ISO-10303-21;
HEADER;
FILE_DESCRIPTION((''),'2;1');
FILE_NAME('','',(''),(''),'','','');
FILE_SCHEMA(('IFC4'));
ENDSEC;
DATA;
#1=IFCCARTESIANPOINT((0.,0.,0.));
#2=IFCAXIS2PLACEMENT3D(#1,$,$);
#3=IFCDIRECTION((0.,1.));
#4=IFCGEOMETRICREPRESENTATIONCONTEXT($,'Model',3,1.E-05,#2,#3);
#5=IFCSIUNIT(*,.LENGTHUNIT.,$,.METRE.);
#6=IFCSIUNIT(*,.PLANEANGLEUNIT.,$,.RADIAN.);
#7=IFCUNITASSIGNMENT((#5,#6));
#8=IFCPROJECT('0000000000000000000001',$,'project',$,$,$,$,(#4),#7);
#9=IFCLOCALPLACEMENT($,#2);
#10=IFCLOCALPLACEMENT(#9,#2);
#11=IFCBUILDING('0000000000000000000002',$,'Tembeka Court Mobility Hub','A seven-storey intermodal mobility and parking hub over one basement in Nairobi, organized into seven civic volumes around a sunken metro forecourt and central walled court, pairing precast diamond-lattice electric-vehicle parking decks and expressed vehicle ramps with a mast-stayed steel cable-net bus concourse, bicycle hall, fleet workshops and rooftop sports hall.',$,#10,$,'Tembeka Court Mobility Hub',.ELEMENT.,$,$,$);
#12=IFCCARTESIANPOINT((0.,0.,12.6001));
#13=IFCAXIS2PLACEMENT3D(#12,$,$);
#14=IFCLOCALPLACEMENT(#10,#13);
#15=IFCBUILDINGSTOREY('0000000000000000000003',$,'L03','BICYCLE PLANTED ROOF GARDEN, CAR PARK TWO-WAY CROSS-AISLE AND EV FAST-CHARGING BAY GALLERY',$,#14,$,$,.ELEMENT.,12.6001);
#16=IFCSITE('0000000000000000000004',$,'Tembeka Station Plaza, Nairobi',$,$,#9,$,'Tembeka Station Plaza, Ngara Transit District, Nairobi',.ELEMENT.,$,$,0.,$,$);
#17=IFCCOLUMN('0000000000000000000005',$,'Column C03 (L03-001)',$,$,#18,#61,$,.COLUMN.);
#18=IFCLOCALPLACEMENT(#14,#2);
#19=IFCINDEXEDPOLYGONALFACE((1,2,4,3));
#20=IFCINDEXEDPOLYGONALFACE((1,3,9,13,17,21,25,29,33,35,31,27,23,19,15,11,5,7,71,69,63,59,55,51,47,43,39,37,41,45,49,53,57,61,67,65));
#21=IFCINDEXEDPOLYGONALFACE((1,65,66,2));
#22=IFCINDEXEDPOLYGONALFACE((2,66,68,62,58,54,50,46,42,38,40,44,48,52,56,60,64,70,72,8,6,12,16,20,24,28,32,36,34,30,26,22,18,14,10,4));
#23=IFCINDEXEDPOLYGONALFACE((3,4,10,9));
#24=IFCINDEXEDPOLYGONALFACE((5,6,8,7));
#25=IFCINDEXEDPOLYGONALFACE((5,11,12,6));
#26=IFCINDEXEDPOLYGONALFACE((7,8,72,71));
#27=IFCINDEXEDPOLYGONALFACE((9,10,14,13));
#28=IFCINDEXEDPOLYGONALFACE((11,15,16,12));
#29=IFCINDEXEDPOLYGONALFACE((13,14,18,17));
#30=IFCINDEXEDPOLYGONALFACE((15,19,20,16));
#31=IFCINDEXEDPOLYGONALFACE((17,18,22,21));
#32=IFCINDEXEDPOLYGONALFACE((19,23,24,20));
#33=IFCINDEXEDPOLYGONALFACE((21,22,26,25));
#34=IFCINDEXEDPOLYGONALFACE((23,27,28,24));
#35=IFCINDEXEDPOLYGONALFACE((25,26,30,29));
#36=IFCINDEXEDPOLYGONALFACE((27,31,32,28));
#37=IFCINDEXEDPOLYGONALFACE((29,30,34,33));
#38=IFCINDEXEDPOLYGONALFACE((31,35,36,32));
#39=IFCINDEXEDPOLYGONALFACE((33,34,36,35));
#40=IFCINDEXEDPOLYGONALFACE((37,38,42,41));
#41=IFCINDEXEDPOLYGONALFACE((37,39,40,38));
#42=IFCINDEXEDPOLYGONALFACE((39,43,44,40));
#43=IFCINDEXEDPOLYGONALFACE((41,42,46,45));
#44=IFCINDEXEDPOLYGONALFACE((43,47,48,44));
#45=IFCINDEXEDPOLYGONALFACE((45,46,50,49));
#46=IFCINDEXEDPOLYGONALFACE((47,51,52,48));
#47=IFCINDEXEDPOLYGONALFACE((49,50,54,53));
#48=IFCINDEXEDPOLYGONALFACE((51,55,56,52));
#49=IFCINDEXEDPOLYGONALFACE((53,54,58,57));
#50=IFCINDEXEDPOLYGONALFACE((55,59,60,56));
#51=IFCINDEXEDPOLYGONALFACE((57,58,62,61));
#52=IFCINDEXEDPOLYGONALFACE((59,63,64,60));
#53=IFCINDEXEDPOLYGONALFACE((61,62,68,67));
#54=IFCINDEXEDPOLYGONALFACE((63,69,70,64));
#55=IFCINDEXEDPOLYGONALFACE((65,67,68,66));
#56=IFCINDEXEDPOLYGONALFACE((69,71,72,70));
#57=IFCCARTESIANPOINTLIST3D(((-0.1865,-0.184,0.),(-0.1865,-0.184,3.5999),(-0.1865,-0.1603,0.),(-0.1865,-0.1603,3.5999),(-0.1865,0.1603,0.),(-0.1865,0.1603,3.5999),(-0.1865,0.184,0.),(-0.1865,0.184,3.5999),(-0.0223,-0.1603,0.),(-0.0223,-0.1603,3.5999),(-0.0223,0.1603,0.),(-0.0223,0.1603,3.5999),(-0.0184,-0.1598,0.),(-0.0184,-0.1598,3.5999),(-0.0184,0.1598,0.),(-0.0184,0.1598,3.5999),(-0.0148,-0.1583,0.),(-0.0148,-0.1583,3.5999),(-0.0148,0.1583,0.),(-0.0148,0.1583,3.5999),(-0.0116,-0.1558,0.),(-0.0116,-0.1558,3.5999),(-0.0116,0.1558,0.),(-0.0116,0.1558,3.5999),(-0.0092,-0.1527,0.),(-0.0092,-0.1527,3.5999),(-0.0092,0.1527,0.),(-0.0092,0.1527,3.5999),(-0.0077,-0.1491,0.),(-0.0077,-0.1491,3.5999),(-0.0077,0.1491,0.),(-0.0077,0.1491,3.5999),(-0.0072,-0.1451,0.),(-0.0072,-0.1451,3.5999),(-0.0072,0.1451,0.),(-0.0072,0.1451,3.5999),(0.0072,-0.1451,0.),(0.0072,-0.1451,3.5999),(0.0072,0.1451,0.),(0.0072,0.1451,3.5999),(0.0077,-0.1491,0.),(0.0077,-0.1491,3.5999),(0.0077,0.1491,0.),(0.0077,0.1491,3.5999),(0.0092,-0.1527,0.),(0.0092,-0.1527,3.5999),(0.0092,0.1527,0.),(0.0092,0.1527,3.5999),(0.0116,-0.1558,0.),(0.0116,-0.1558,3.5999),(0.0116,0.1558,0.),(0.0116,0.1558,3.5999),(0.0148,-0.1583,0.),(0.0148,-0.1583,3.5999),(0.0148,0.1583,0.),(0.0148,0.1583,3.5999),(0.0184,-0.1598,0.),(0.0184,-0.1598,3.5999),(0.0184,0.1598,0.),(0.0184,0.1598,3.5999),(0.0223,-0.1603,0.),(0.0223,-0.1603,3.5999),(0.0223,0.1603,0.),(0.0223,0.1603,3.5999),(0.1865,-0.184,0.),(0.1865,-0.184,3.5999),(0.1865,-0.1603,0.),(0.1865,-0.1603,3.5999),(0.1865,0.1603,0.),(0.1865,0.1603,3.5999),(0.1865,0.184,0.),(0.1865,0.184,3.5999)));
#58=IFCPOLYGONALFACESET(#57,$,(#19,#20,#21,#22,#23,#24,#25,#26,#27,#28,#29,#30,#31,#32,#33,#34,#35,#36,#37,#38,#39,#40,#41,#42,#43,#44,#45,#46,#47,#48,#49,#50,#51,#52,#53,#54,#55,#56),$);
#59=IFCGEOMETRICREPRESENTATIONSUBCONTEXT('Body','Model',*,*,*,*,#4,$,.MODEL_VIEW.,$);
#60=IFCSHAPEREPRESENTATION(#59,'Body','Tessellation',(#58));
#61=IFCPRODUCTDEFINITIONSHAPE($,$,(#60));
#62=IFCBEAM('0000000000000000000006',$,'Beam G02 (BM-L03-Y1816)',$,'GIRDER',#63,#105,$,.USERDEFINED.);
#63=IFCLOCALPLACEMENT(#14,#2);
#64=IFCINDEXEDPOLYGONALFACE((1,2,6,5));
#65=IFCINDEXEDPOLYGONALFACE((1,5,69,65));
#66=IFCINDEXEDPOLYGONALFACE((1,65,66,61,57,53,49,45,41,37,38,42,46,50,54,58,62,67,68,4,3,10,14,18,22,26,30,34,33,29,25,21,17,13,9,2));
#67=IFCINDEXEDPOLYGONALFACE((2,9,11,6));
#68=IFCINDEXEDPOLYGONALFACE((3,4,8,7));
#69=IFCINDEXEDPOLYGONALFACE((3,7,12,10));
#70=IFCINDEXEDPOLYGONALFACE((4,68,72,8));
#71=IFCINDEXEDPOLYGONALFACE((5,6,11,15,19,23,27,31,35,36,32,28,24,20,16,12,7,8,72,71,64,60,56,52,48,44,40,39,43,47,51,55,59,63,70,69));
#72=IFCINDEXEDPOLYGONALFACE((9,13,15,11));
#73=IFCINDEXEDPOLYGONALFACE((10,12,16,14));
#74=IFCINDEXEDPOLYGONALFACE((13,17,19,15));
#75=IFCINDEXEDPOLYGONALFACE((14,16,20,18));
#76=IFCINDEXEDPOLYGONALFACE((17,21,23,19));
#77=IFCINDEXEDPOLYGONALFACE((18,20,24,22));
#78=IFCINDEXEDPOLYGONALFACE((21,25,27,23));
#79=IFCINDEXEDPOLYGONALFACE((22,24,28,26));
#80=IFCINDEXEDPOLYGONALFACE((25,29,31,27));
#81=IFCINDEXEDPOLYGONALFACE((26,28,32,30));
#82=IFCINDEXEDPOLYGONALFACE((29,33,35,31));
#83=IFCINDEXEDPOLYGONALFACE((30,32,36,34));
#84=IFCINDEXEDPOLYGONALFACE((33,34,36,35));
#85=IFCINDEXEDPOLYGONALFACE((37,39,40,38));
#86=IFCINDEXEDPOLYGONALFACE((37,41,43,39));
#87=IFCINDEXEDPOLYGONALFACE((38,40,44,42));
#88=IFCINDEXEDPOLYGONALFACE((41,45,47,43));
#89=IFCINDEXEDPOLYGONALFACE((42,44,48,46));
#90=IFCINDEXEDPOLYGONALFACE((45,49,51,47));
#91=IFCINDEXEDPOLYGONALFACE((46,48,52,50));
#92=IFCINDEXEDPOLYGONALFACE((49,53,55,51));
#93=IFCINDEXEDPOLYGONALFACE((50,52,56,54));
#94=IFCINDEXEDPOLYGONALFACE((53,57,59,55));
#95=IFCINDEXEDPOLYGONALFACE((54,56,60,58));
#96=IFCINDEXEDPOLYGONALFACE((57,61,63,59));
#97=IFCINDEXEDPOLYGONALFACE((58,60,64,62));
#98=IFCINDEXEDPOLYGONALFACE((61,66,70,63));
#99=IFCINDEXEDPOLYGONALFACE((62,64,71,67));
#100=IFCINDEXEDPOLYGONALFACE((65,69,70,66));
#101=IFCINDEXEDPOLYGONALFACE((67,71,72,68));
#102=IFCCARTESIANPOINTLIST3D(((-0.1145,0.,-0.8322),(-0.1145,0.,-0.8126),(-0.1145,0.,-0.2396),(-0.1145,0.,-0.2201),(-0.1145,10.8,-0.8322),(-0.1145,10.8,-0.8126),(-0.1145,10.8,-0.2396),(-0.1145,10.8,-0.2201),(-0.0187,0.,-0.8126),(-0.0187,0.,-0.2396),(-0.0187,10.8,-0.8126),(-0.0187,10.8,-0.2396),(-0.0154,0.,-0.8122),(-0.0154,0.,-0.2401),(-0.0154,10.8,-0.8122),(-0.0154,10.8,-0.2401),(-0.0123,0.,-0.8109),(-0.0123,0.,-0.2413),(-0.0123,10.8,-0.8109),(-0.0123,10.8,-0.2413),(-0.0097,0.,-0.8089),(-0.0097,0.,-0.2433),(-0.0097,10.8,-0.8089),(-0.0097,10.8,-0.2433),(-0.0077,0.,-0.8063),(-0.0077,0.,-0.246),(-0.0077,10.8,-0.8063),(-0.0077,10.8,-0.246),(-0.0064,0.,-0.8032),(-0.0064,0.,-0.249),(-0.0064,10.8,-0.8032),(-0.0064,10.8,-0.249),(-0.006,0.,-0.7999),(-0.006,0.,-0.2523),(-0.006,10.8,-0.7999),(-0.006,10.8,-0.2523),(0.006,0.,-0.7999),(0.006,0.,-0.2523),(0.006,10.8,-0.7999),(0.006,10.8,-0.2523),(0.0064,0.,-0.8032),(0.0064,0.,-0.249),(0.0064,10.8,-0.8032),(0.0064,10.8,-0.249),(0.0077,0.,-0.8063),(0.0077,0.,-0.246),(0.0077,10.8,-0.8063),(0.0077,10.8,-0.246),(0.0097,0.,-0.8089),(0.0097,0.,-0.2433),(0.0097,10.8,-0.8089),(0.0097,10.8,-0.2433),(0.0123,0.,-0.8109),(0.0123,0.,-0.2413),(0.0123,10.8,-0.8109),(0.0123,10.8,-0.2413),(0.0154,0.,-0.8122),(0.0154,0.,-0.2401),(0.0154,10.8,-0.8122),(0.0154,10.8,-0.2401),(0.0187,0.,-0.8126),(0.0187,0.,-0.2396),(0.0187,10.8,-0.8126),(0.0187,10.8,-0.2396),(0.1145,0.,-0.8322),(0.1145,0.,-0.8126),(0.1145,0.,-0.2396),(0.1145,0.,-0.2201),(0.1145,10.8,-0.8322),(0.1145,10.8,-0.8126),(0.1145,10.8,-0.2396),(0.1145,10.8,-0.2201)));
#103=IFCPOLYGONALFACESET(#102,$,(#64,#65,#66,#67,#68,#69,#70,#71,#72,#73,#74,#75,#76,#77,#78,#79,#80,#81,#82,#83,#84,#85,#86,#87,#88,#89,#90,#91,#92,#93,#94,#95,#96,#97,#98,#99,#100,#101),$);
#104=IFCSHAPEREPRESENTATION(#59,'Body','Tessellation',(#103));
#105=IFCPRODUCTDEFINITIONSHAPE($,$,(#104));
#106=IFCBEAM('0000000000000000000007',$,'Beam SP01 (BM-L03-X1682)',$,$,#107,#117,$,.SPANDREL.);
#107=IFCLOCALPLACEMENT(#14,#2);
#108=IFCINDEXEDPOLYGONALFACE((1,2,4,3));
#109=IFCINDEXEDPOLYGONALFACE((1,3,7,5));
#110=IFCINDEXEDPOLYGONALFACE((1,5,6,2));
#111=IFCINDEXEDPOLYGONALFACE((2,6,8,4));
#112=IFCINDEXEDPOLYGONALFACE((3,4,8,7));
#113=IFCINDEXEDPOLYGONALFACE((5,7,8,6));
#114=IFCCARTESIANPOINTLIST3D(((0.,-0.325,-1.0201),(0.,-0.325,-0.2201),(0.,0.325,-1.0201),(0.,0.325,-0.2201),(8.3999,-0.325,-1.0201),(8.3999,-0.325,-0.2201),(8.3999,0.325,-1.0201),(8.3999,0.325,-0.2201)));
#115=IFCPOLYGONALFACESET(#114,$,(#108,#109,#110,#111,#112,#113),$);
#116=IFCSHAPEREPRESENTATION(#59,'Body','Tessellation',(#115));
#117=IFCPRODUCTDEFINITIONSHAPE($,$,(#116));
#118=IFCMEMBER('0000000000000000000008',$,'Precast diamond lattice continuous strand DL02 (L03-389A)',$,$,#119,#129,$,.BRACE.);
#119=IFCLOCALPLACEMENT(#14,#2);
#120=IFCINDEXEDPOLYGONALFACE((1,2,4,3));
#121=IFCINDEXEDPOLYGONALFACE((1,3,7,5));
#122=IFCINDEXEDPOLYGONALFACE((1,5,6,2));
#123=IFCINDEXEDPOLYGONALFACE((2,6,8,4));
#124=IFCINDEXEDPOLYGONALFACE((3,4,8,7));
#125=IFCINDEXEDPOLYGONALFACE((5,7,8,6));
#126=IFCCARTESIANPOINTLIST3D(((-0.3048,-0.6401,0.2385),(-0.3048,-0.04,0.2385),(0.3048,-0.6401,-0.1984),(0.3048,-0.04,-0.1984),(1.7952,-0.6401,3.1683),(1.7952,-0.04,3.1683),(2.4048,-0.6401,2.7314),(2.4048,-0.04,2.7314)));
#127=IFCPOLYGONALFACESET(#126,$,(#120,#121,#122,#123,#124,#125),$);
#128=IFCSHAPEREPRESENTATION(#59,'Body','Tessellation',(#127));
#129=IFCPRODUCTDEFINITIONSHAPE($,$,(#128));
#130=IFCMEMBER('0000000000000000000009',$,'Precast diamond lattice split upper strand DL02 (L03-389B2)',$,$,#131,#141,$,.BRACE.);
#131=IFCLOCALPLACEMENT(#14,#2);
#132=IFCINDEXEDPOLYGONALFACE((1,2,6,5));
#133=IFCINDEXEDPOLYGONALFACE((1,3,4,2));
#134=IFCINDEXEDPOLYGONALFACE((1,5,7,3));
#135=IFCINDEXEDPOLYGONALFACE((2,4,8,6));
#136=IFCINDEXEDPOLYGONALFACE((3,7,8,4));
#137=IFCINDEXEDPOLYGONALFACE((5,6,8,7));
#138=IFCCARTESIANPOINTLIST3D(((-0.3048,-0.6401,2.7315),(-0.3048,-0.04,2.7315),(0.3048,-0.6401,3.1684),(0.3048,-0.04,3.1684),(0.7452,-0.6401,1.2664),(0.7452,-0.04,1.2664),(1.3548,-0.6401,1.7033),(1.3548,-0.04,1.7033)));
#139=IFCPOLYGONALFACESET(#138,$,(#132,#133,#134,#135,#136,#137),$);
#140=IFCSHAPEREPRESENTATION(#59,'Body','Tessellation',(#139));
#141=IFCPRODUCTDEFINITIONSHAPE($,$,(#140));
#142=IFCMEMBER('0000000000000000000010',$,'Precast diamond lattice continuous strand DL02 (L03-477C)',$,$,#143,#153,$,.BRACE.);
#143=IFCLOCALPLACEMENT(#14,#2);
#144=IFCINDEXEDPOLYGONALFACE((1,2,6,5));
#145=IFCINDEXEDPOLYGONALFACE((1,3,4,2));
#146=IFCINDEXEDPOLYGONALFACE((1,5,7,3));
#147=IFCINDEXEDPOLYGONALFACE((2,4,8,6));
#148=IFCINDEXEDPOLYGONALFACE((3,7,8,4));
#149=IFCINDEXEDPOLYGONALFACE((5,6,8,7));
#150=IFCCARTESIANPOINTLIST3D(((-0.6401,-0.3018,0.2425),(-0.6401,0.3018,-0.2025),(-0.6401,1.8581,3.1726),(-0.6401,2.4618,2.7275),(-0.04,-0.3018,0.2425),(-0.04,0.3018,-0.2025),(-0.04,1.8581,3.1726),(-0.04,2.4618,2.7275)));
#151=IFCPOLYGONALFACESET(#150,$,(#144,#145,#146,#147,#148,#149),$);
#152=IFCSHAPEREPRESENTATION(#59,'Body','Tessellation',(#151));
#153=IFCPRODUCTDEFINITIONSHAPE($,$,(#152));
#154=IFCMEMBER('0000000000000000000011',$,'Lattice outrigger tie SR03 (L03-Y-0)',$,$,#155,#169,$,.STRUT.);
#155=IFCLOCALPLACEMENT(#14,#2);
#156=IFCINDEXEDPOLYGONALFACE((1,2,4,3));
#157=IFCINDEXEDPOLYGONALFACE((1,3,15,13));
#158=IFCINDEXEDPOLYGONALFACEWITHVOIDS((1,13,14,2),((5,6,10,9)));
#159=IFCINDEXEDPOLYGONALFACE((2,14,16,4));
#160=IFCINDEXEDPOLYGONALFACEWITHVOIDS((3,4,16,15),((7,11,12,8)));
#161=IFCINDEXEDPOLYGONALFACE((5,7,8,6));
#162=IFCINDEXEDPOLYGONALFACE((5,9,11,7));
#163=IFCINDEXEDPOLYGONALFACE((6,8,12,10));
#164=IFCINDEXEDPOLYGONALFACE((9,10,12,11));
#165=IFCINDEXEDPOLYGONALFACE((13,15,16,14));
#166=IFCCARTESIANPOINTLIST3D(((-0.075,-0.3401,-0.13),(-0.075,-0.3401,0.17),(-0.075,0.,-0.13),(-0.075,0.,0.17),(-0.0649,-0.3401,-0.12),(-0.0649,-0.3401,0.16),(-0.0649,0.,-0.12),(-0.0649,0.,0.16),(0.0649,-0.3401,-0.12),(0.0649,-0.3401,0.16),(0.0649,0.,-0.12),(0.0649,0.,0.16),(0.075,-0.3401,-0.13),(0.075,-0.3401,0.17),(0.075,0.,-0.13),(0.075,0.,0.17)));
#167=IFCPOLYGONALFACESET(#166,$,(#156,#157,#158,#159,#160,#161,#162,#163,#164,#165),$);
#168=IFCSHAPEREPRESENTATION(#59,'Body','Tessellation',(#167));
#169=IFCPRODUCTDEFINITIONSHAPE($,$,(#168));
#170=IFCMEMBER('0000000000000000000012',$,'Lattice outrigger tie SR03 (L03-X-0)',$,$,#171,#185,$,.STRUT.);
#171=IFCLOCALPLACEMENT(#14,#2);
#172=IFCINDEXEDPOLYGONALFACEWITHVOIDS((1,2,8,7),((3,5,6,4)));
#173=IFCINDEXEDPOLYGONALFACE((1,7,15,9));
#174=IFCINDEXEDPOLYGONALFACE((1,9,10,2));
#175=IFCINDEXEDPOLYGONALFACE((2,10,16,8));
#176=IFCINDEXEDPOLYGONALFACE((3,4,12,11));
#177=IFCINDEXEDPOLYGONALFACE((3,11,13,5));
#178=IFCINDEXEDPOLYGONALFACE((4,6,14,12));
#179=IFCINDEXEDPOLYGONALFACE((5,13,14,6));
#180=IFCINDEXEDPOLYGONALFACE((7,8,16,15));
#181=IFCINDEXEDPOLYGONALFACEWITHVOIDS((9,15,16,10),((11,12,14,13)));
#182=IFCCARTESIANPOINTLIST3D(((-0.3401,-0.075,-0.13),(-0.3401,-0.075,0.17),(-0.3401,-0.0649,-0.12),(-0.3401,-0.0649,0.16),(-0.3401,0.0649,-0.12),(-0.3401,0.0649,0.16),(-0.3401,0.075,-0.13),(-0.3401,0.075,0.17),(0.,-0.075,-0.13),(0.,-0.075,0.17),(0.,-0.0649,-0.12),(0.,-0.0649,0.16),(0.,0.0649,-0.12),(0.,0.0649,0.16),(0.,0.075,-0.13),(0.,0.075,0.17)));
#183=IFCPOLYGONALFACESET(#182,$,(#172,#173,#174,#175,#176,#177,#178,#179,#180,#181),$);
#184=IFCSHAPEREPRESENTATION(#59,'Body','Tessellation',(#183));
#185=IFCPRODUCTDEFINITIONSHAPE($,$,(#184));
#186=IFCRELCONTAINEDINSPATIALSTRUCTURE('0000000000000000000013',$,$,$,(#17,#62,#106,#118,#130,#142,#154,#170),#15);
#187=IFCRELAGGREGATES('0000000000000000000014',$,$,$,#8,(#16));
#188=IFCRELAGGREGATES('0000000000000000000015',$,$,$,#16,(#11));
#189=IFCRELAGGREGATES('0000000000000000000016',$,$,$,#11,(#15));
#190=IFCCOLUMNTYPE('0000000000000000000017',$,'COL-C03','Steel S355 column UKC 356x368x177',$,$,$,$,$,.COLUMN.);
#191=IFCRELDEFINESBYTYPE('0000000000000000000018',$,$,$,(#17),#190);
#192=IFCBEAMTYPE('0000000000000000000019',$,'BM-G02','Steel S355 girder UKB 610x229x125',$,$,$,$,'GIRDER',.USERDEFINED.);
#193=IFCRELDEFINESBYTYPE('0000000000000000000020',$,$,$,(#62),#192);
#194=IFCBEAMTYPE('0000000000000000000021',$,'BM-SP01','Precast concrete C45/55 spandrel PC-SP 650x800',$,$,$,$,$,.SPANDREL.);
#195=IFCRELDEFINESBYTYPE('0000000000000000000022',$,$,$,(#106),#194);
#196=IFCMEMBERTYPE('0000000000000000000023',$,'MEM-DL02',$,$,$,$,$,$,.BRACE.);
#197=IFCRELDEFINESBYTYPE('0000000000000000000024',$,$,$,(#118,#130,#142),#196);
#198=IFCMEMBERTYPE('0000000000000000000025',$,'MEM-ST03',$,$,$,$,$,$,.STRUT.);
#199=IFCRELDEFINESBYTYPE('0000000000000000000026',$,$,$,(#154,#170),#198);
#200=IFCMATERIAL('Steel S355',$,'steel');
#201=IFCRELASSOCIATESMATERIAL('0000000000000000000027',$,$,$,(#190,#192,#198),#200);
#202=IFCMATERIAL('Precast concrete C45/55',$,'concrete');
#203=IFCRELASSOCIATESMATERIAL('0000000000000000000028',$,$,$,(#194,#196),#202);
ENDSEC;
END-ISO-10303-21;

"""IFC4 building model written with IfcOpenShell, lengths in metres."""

from ifc_helpers import new_model, si_unit, direction, frame, origin, origin_with_axes, origin_2d, place, context, subcontext, project, spatial, rectangle, hollow_rectangle, i_section, extrude, material, material_profile, profile_set, type_object, element, save


model = new_model("IFC4")

# Units and contexts
model_context = context("Model", 3, precision=1e-05, world=origin(), true_north=direction((0.0, 1.0)))
body_context = subcontext(model_context, "Body", "Model", "MODEL_VIEW")
ifc_project = project(units=[si_unit("LENGTHUNIT", "METRE"), si_unit("PLANEANGLEUNIT", "RADIAN")], contexts=[model_context])

# Site, building, storey
site_placement = place(None, origin())
site = spatial("IfcSite", under=ifc_project, at=site_placement, Name="Tembeka Station Plaza, Nairobi", LongName="Tembeka Station Plaza, Ngara Transit District, Nairobi", CompositionType="ELEMENT", RefElevation=0.0)
building_placement = place(site_placement, origin())
building = spatial("IfcBuilding", under=site, at=building_placement, Name="Tembeka Court Mobility Hub", Description="A seven-storey intermodal mobility and parking hub over one basement in Nairobi, organized into seven civic volumes around a sunken metro forecourt and central walled court, pairing precast diamond-lattice electric-vehicle parking decks and expressed vehicle ramps with a mast-stayed steel cable-net bus concourse, bicycle hall, fleet workshops and rooftop sports hall.", LongName="Tembeka Court Mobility Hub", CompositionType="ELEMENT")
storey_placement = place(building_placement, frame((0.0, 0.0, 12.6001)))
storey = spatial("IfcBuildingStorey", under=building, at=storey_placement, Name="L03", Description="BICYCLE PLANTED ROOF GARDEN, CAR PARK TWO-WAY CROSS-AISLE AND EV FAST-CHARGING BAY GALLERY", CompositionType="ELEMENT", Elevation=12.6001)

# Column
ifc_material_1 = material(Name="Steel S355", Category="steel")
ifc_material_profile_1 = material_profile(ifc_material_1, i_section(OverallWidth=0.373, OverallDepth=0.3679, WebThickness=0.0144, FlangeThickness=0.0237, FilletRadius=0.0151, at=origin_2d()), Name="UKC 356x368x177")
ifc_profile_set_1 = profile_set([ifc_material_profile_1], Name="Steel S355")
column_type = type_object("IfcColumnType", Name="COL-C03", Description="Steel S355 column UKC 356x368x177", PredefinedType="COLUMN", material=ifc_profile_set_1)
column_placement = place(storey_placement, origin_with_axes())
element("IfcColumn", 1, at=column_placement, inside=storey, type_object=column_type, Name="Column C03 (L03-001)", PredefinedType="COLUMN", context=body_context, shape_type="SweptSolid", body=[
    extrude(i_section(OverallWidth=0.373, OverallDepth=0.3679, WebThickness=0.0144, FlangeThickness=0.0237, FilletRadius=0.0151, at=origin_2d()), origin(), (0.0, 0.0, 1.0), 3.5999),
])

# Beams
ifc_material_profile_2 = material_profile(ifc_material_1, i_section(OverallWidth=0.229, OverallDepth=0.6121, WebThickness=0.012, FlangeThickness=0.0195, FilletRadius=0.0127, at=origin_2d()), Name="UKB 610x229x125")
ifc_profile_set_2 = profile_set([ifc_material_profile_2], Name="Steel S355")
beam_type_1 = type_object("IfcBeamType", Name="BM-G02", Description="Steel S355 girder UKB 610x229x125", ElementType="GIRDER", PredefinedType="USERDEFINED", material=ifc_profile_set_2)
beam_1_placement = place(storey_placement, frame((0.0, 0.0, -0.5261), z_axis=(0.0, 1.0, 0.0), x_axis=(-1.0, 0.0, 0.0)))
element("IfcBeam", 2, at=beam_1_placement, inside=storey, type_object=beam_type_1, Name="Beam G02 (BM-L03-Y1816)", ObjectType="GIRDER", PredefinedType="USERDEFINED", context=body_context, shape_type="SweptSolid", body=[
    extrude(i_section(OverallWidth=0.229, OverallDepth=0.6121, WebThickness=0.012, FlangeThickness=0.0195, FilletRadius=0.0127, at=origin_2d()), origin(), (0.0, 0.0, 1.0), 10.8),
])
ifc_material_2 = material(Name="Precast concrete C45/55", Category="concrete")
ifc_material_profile_3 = material_profile(ifc_material_2, rectangle(XDim=0.6499, YDim=0.8, at=origin_2d()), Name="PC-SP 650x800")
ifc_profile_set_3 = profile_set([ifc_material_profile_3], Name="Precast concrete C45/55")
beam_type_2 = type_object("IfcBeamType", Name="BM-SP01", Description="Precast concrete C45/55 spandrel PC-SP 650x800", PredefinedType="SPANDREL", material=ifc_profile_set_3)
beam_2_placement = place(storey_placement, frame((0.0, 0.0, -0.6201), z_axis=(1.0, 0.0, 0.0), x_axis=(0.0, 1.0, 0.0)))
element("IfcBeam", 3, at=beam_2_placement, inside=storey, type_object=beam_type_2, Name="Beam SP01 (BM-L03-X1682)", PredefinedType="SPANDREL", context=body_context, shape_type="SweptSolid", body=[
    extrude(rectangle(XDim=0.6499, YDim=0.8, at=origin_2d()), origin(), (0.0, 0.0, 1.0), 8.3999),
])

# Members
ifc_material_profile_4 = material_profile(ifc_material_2, rectangle(XDim=0.6001, YDim=0.75, at=origin_2d()), Name="PC-DIAG 600x750")
ifc_profile_set_4 = profile_set([ifc_material_profile_4], Name="Precast concrete C45/55")
member_type_1 = type_object("IfcMemberType", Name="MEM-DL02", PredefinedType="BRACE", material=ifc_profile_set_4)
member_1_placement = place(storey_placement, frame((0.0, -0.3401, 0.02), z_axis=(0.582576, 0.0, 0.812776), x_axis=(0.0, 1.0, 0.0)))
element("IfcMember", 4, at=member_1_placement, inside=storey, type_object=member_type_1, Name="Precast diamond lattice continuous strand DL02 (L03-389A)", PredefinedType="BRACE", context=body_context, shape_type="SweptSolid", body=[
    extrude(rectangle(XDim=0.6001, YDim=0.75, at=origin_2d()), origin(), (0.0, 0.0, 1.0), 3.6047),
])
member_2_placement = place(storey_placement, frame((1.05, -0.3401, 1.4849), z_axis=(-0.582544, 0.0, 0.812799), x_axis=(0.0, -1.0, 0.0)))
element("IfcMember", 5, at=member_2_placement, inside=storey, type_object=member_type_1, Name="Precast diamond lattice split upper strand DL02 (L03-389B2)", PredefinedType="BRACE", context=body_context, shape_type="SweptSolid", body=[
    extrude(rectangle(XDim=0.6001, YDim=0.75, at=origin_2d()), origin(), (0.0, 0.0, 1.0), 1.8025),
])
member_3_placement = place(storey_placement, frame((-0.3401, 0.0, 0.02), z_axis=(0.0, 0.59338, 0.804923), x_axis=(-1.0, 0.0, 0.0)))
element("IfcMember", 6, at=member_3_placement, inside=storey, type_object=member_type_1, Name="Precast diamond lattice continuous strand DL02 (L03-477C)", PredefinedType="BRACE", context=body_context, shape_type="SweptSolid", body=[
    extrude(rectangle(XDim=0.6001, YDim=0.75, at=origin_2d()), origin(), (0.0, 0.0, 1.0), 3.6401),
])
ifc_material_profile_5 = material_profile(ifc_material_1, hollow_rectangle(XDim=0.1499, YDim=0.3, WallThickness=0.01, at=origin_2d()), Name="RHS 300x150x10")
ifc_profile_set_5 = profile_set([ifc_material_profile_5], Name="Steel S355")
member_type_2 = type_object("IfcMemberType", Name="MEM-ST03", PredefinedType="STRUT", material=ifc_profile_set_5)
for number, where, z_axis, x_axis, name in (
    (7, (0.0, 0.0, 0.02), (0.0, -1.0, 0.0), (1.0, 0.0, 0.0), "Lattice outrigger tie SR03 (L03-Y-0)"),
    (8, (0.0, 0.0, 0.02), (-1.0, 0.0, 0.0), (0.0, -1.0, 0.0), "Lattice outrigger tie SR03 (L03-X-0)"),
):
    element("IfcMember", number, at=place(storey_placement, frame(where, z_axis=z_axis, x_axis=x_axis)), inside=storey, type_object=member_type_2, Name=name, PredefinedType="STRUT", context=body_context, shape_type="SweptSolid", body=[
        extrude(hollow_rectangle(XDim=0.1499, YDim=0.3, WallThickness=0.01, at=origin_2d()), origin(), (0.0, 0.0, 1.0), 0.3401),
    ])

save(model, "model.ifc")
